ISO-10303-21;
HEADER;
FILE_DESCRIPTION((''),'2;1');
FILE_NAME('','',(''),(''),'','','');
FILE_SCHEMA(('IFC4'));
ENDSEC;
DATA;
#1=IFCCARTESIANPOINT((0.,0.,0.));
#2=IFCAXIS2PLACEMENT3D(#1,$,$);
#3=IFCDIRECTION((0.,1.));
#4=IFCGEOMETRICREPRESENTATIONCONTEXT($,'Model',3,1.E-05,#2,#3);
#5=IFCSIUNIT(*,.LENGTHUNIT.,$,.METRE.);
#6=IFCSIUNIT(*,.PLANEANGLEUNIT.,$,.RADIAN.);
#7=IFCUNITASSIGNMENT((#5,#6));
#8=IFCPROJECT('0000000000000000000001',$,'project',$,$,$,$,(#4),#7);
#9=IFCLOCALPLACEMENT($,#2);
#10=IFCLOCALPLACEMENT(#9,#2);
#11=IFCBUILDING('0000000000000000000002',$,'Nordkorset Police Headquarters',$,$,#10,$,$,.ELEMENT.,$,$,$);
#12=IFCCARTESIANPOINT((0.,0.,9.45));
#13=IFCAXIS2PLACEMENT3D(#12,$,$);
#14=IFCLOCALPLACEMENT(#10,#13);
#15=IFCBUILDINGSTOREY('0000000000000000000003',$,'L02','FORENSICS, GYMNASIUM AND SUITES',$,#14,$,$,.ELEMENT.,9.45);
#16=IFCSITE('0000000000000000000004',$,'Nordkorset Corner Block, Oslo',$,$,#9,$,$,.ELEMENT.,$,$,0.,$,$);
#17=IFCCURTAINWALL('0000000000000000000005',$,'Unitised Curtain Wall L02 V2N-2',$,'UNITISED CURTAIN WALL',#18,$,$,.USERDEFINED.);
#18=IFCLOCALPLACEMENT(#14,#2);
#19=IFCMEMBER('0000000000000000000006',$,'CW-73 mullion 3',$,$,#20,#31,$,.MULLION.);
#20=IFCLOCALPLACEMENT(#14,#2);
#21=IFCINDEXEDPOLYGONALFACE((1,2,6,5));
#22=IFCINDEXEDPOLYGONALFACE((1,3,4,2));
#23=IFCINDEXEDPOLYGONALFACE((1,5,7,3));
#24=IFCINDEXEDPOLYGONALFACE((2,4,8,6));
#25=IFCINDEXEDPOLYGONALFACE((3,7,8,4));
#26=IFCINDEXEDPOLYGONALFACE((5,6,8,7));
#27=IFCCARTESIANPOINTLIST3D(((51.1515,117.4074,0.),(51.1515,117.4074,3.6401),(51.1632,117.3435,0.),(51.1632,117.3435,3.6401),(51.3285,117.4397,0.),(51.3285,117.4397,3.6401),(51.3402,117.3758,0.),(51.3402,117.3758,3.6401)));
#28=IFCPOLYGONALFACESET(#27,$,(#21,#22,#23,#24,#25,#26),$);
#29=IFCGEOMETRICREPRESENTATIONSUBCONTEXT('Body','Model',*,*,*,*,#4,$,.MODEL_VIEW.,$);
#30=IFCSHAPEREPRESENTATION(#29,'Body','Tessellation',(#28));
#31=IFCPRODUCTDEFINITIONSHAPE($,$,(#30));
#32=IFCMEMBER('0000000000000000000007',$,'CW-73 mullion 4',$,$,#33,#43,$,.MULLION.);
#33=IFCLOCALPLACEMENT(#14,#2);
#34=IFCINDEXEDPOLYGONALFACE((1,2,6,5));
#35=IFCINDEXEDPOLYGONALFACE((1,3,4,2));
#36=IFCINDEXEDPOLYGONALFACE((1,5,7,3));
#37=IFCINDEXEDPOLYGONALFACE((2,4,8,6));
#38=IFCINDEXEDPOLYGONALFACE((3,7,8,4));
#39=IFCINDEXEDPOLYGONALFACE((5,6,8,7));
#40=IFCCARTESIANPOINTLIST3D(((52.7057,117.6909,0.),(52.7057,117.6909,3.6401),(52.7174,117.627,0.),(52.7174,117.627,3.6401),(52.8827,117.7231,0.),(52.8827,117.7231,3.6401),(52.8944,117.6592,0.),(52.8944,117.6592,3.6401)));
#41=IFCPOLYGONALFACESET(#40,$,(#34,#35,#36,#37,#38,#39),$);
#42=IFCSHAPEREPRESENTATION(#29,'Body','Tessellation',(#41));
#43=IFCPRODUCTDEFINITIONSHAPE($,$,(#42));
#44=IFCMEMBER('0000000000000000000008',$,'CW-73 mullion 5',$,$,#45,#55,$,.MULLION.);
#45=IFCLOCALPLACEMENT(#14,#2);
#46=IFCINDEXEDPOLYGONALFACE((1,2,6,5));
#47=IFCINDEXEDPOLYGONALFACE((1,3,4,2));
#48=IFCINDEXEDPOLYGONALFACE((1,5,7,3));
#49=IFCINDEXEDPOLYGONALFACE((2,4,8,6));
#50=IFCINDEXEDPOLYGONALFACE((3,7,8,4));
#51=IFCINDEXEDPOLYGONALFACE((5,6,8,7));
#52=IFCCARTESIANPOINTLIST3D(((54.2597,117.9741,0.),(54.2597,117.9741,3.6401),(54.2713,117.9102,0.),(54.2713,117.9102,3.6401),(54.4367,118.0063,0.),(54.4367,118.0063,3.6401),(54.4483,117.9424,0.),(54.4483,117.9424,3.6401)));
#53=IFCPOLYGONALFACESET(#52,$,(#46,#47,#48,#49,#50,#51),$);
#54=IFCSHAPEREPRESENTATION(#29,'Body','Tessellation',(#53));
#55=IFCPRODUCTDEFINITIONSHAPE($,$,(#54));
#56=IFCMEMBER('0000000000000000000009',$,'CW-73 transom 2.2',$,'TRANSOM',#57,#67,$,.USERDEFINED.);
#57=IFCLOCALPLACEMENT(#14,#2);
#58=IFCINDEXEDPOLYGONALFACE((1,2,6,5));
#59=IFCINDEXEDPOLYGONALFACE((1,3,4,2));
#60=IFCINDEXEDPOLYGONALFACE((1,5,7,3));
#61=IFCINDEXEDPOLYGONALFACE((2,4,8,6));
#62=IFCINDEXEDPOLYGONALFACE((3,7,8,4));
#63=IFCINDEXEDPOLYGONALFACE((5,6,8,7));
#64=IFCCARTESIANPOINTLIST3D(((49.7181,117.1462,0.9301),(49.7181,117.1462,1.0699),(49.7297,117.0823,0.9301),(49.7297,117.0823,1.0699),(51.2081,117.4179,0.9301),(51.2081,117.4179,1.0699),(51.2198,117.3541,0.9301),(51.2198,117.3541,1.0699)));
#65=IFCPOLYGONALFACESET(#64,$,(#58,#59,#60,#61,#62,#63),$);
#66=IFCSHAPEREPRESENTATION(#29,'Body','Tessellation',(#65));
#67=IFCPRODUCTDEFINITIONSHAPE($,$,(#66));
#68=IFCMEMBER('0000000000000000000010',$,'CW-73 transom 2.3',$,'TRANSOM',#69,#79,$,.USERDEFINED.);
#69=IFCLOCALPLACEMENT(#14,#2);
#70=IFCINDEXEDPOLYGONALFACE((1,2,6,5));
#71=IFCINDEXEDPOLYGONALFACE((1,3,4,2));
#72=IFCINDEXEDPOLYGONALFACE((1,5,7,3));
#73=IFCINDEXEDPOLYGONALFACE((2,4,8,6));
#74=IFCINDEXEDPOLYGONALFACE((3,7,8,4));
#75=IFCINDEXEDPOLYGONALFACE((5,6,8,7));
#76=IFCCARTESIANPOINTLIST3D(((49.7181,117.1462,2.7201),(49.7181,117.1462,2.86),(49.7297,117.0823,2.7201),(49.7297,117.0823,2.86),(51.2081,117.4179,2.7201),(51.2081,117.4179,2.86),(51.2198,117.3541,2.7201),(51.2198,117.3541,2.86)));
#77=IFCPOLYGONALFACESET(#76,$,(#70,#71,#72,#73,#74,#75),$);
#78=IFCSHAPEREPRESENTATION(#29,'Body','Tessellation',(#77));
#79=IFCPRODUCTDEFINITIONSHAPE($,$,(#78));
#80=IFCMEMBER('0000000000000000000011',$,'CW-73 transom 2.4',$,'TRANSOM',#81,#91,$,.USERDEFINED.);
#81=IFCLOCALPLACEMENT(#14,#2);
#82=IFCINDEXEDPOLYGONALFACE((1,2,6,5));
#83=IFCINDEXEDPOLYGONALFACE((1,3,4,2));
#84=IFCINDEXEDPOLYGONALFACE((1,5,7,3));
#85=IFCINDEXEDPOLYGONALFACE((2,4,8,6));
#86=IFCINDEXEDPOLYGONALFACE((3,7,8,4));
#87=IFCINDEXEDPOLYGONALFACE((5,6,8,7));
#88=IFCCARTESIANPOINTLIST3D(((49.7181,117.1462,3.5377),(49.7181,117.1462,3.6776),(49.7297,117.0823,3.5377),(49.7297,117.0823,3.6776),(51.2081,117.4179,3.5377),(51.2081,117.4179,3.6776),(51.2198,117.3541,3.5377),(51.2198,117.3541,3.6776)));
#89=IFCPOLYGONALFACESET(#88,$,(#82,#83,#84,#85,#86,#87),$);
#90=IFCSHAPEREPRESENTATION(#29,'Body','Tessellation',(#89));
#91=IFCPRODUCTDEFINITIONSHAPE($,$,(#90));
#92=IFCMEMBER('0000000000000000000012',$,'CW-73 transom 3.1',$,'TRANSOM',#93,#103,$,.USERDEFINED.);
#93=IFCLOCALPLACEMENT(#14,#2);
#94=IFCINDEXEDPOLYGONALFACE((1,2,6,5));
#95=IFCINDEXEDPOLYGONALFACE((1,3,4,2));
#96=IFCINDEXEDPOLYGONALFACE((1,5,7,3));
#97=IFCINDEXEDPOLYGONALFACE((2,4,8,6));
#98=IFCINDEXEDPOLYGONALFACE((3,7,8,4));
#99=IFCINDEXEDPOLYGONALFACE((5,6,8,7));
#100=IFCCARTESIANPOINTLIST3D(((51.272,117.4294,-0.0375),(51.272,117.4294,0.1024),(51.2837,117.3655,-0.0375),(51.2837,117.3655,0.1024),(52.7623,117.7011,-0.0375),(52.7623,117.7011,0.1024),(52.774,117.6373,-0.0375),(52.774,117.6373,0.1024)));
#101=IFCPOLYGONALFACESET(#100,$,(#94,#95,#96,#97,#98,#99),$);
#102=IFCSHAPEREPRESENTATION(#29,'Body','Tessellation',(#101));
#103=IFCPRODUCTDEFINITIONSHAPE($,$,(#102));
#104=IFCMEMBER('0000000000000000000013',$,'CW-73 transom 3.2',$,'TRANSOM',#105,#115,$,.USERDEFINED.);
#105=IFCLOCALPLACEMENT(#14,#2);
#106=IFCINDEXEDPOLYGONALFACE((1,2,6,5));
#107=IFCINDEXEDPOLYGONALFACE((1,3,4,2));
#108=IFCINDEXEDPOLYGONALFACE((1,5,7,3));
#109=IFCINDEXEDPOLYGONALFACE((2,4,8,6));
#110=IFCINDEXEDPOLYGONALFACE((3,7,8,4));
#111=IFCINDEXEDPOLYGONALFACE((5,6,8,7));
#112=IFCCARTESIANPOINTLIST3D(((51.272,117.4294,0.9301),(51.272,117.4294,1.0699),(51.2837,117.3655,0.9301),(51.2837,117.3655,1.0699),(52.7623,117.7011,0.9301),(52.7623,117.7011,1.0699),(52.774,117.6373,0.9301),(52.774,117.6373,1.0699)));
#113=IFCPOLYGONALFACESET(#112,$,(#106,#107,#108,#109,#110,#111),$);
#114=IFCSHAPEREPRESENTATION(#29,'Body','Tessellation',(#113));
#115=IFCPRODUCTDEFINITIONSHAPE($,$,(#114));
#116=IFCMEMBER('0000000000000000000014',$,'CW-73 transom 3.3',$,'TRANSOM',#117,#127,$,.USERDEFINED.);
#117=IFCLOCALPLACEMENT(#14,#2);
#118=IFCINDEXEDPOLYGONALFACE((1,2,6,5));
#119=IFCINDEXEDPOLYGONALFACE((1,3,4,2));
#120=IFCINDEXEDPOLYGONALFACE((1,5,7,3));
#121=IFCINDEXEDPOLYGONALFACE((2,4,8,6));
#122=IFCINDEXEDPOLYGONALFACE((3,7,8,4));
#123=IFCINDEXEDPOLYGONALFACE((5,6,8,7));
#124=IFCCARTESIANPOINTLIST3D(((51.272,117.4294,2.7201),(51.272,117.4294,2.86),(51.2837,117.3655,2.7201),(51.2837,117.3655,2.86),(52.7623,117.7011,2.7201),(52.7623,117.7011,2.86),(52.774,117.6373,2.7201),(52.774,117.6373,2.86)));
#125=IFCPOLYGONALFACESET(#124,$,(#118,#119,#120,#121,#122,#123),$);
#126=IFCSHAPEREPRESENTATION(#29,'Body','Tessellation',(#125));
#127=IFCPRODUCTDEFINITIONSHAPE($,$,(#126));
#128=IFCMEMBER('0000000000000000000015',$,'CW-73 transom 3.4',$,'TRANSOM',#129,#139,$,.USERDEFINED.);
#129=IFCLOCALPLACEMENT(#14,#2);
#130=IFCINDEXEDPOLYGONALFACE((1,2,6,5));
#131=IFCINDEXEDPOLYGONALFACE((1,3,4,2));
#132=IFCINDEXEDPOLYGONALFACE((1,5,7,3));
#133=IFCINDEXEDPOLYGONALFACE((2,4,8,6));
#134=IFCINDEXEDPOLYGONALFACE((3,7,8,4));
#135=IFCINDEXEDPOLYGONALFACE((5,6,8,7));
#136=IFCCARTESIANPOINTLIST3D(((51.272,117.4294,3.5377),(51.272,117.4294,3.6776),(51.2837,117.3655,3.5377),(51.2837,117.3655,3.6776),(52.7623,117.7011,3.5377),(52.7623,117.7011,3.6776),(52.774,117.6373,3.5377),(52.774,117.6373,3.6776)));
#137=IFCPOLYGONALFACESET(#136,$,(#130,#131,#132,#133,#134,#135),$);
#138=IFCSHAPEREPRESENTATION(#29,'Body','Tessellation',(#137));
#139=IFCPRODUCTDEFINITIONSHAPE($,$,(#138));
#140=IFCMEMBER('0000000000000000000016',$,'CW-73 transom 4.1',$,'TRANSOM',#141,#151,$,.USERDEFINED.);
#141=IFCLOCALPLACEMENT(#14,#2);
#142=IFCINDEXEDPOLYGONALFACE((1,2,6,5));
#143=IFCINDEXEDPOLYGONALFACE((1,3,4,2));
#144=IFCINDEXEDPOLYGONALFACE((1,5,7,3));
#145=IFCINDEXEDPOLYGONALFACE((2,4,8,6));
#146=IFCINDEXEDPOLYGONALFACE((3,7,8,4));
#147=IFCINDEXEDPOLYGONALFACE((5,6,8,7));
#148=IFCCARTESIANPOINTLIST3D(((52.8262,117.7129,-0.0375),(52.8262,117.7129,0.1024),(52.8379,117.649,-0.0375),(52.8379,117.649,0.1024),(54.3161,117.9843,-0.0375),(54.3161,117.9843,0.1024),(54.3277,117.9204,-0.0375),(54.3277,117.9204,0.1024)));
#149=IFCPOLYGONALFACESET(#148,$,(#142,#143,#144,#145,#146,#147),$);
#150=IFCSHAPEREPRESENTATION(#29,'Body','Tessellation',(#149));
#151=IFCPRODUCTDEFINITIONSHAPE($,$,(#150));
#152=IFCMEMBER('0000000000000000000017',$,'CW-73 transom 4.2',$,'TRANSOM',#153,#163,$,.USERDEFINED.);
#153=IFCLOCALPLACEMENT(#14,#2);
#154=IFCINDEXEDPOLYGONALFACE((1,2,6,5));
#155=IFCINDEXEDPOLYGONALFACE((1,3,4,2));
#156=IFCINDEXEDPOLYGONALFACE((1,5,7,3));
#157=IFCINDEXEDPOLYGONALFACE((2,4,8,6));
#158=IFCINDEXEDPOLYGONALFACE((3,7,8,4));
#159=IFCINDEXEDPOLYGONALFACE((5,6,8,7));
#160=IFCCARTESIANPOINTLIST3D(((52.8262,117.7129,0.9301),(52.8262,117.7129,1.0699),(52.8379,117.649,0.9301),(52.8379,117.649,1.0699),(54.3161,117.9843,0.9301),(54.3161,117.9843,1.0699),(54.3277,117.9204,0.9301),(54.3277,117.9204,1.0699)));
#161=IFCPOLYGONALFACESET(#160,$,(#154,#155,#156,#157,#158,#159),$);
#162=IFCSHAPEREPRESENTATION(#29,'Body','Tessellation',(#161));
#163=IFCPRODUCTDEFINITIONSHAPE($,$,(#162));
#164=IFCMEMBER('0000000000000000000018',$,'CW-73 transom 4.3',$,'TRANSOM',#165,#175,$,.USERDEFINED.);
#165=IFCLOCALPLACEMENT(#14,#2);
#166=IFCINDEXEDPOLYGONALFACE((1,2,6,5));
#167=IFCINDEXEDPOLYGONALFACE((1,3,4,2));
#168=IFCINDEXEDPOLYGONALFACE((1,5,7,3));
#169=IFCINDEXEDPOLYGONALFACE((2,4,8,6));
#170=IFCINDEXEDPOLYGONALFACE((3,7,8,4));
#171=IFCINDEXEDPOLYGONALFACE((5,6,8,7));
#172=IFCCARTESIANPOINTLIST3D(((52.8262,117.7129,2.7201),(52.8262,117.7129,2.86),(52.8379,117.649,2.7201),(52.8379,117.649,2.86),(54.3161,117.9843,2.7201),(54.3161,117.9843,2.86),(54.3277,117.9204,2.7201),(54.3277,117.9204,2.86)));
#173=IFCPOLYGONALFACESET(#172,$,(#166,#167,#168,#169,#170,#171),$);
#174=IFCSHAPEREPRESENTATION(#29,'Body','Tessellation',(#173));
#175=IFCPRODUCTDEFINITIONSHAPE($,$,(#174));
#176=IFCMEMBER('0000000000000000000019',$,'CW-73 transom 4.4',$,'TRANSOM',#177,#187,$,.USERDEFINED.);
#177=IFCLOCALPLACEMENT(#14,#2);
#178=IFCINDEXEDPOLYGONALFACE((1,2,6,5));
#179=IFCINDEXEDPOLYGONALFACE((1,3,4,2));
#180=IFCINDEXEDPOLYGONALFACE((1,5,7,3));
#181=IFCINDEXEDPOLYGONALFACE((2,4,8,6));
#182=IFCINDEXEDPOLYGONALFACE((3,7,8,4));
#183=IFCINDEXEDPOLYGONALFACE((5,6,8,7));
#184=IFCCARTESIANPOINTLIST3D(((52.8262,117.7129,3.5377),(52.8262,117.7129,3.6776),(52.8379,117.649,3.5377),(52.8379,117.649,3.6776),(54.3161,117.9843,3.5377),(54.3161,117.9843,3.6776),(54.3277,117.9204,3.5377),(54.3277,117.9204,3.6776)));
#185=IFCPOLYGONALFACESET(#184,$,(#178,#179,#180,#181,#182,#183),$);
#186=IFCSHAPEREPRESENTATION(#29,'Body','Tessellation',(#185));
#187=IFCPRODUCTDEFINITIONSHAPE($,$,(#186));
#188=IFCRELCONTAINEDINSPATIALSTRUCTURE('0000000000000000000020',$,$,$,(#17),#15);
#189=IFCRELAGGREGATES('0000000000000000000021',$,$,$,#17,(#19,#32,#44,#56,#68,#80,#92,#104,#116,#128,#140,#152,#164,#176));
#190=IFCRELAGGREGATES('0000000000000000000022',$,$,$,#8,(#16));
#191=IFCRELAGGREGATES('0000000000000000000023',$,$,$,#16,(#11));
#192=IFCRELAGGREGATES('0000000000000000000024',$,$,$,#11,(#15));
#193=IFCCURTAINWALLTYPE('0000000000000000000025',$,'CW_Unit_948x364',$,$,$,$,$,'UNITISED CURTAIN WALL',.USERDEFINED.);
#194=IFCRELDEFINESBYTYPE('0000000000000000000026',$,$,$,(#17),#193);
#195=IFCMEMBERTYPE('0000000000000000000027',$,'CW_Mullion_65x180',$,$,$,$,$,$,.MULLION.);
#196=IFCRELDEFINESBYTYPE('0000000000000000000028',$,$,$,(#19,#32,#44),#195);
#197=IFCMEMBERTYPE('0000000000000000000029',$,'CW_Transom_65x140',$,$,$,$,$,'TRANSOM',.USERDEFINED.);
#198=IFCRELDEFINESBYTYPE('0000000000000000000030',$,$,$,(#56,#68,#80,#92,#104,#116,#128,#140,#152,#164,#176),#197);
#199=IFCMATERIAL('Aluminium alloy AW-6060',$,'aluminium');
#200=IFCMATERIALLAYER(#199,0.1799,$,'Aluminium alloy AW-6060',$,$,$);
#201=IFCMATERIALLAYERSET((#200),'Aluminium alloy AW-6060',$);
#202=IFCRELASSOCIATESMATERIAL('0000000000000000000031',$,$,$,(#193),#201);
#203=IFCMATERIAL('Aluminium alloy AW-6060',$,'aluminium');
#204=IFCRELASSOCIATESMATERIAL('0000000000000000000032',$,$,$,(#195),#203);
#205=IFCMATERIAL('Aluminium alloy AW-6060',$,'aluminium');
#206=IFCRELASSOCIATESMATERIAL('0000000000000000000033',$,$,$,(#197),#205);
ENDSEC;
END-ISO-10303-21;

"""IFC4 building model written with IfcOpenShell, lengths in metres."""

from ifc_helpers import new_model, si_unit, direction, frame, origin, origin_2d, place, context, subcontext, project, spatial, rectangle, extrude, material, layer, layer_set, material_profile, profile_set, type_object, element, aggregate, save


model = new_model("IFC4")

# Units and contexts
model_context = context("Model", 3, precision=1e-05, world=origin(), true_north=direction((0.0, 1.0)))
body_context = subcontext(model_context, "Body", "Model", "MODEL_VIEW")
ifc_project = project(units=[si_unit("LENGTHUNIT", "METRE"), si_unit("PLANEANGLEUNIT", "RADIAN")], contexts=[model_context])

# Site, building, storey
site_placement = place(None, origin())
site = spatial("IfcSite", under=ifc_project, at=site_placement, Name="Nordkorset Corner Block, Oslo", CompositionType="ELEMENT", RefElevation=0.0)
building_placement = place(site_placement, origin())
building = spatial("IfcBuilding", under=site, at=building_placement, Name="Nordkorset Police Headquarters", CompositionType="ELEMENT")
storey_placement = place(building_placement, frame((0.0, 0.0, 9.45)))
storey = spatial("IfcBuildingStorey", under=building, at=storey_placement, Name="L02", Description="FORENSICS, GYMNASIUM AND SUITES", CompositionType="ELEMENT", Elevation=9.45)

# Curtain wall, members
ifc_material_1 = material(Name="Aluminium alloy AW-6060", Category="aluminium")
ifc_layer_1 = layer(ifc_material_1, 0.1799, Name="Aluminium alloy AW-6060")
ifc_layer_set_1 = layer_set([ifc_layer_1], Name="Aluminium alloy AW-6060")
curtain_wall_type = type_object("IfcCurtainWallType", Name="CW_Unit_948x364", ElementType="UNITISED CURTAIN WALL", PredefinedType="USERDEFINED", material=ifc_layer_set_1)
curtain_wall_placement = place(storey_placement, origin())
curtain_wall = element("IfcCurtainWall", 1, at=curtain_wall_placement, inside=storey, type_object=curtain_wall_type, Name="Unitised Curtain Wall L02 V2N-2", ObjectType="UNITISED CURTAIN WALL", PredefinedType="USERDEFINED")
ifc_material_2 = material(Name="Aluminium alloy AW-6060", Category="aluminium")
ifc_material_profile_1 = material_profile(ifc_material_2, rectangle(XDim=0.0649, YDim=0.1799, at=origin_2d()), Name="ALU MULL 65x180")
ifc_profile_set_1 = profile_set([ifc_material_profile_1], Name="Aluminium alloy AW-6060")
member_type_1 = type_object("IfcMemberType", Name="CW_Mullion_65x180", PredefinedType="MULLION", material=ifc_profile_set_1)
member_1_placement = place(storey_placement, frame((51.2458, 117.3916, 0.0), z_axis=(0.0, 0.0, 1.0), x_axis=(-0.179336, 0.983788, 0.0)))
member_1 = element("IfcMember", 2, at=member_1_placement, type_object=member_type_1, Name="CW-73 mullion 3", PredefinedType="MULLION", context=body_context, shape_type="SweptSolid", body=[
    extrude(rectangle(XDim=0.0649, YDim=0.1799, at=origin_2d()), origin(), (0.0, 0.0, 1.0), 3.6401),
])
member_2_placement = place(storey_placement, frame((52.8, 117.675, 0.0), z_axis=(0.0, 0.0, 1.0), x_axis=(-0.179336, 0.983788, 0.0)))
member_2 = element("IfcMember", 3, at=member_2_placement, type_object=member_type_1, Name="CW-73 mullion 4", PredefinedType="MULLION", context=body_context, shape_type="SweptSolid", body=[
    extrude(rectangle(XDim=0.0649, YDim=0.1799, at=origin_2d()), origin(), (0.0, 0.0, 1.0), 3.6401),
])
member_3_placement = place(storey_placement, frame((54.354, 117.9583, 0.0), z_axis=(0.0, 0.0, 1.0), x_axis=(-0.179336, 0.983788, 0.0)))
member_3 = element("IfcMember", 4, at=member_3_placement, type_object=member_type_1, Name="CW-73 mullion 5", PredefinedType="MULLION", context=body_context, shape_type="SweptSolid", body=[
    extrude(rectangle(XDim=0.0649, YDim=0.1799, at=origin_2d()), origin(), (0.0, 0.0, 1.0), 3.6401),
])
ifc_material_3 = material(Name="Aluminium alloy AW-6060", Category="aluminium")
ifc_material_profile_2 = material_profile(ifc_material_3, rectangle(XDim=0.0649, YDim=0.1399, at=origin_2d()), Name="ALU TRAN 65x140")
ifc_profile_set_2 = profile_set([ifc_material_profile_2], Name="Aluminium alloy AW-6060")
member_type_2 = type_object("IfcMemberType", Name="CW_Transom_65x140", ElementType="TRANSOM", PredefinedType="USERDEFINED", material=ifc_profile_set_2)
member_4_placement = place(storey_placement, frame((49.7239, 117.1143, 1.0), z_axis=(0.983774, 0.17941, 0.0), x_axis=(-0.17941, 0.983774, 0.0)))
member_4 = element("IfcMember", 5, at=member_4_placement, type_object=member_type_2, Name="CW-73 transom 2.2", ObjectType="TRANSOM", PredefinedType="USERDEFINED", context=body_context, shape_type="SweptSolid", body=[
    extrude(rectangle(XDim=0.0649, YDim=0.1399, at=origin_2d()), origin(), (0.0, 0.0, 1.0), 1.5146),
])
member_5_placement = place(storey_placement, frame((49.7239, 117.1143, 2.79), z_axis=(0.983774, 0.17941, 0.0), x_axis=(-0.17941, 0.983774, 0.0)))
member_5 = element("IfcMember", 6, at=member_5_placement, type_object=member_type_2, Name="CW-73 transom 2.3", ObjectType="TRANSOM", PredefinedType="USERDEFINED", context=body_context, shape_type="SweptSolid", body=[
    extrude(rectangle(XDim=0.0649, YDim=0.1399, at=origin_2d()), origin(), (0.0, 0.0, 1.0), 1.5146),
])
member_6_placement = place(storey_placement, frame((49.7239, 117.1143, 3.6077), z_axis=(0.983774, 0.17941, 0.0), x_axis=(-0.17941, 0.983774, 0.0)))
member_6 = element("IfcMember", 7, at=member_6_placement, type_object=member_type_2, Name="CW-73 transom 2.4", ObjectType="TRANSOM", PredefinedType="USERDEFINED", context=body_context, shape_type="SweptSolid", body=[
    extrude(rectangle(XDim=0.0649, YDim=0.1399, at=origin_2d()), origin(), (0.0, 0.0, 1.0), 1.5146),
])
member_7_placement = place(storey_placement, frame((51.2778, 117.3975, 0.0325), z_axis=(0.98378, 0.179382, 0.0), x_axis=(-0.179382, 0.98378, 0.0)))
member_7 = element("IfcMember", 8, at=member_7_placement, type_object=member_type_2, Name="CW-73 transom 3.1", ObjectType="TRANSOM", PredefinedType="USERDEFINED", context=body_context, shape_type="SweptSolid", body=[
    extrude(rectangle(XDim=0.0649, YDim=0.1399, at=origin_2d()), origin(), (0.0, 0.0, 1.0), 1.5149),
])
member_8_placement = place(storey_placement, frame((51.2778, 117.3975, 1.0), z_axis=(0.98378, 0.179382, 0.0), x_axis=(-0.179382, 0.98378, 0.0)))
member_8 = element("IfcMember", 9, at=member_8_placement, type_object=member_type_2, Name="CW-73 transom 3.2", ObjectType="TRANSOM", PredefinedType="USERDEFINED", context=body_context, shape_type="SweptSolid", body=[
    extrude(rectangle(XDim=0.0649, YDim=0.1399, at=origin_2d()), origin(), (0.0, 0.0, 1.0), 1.5149),
])
member_9_placement = place(storey_placement, frame((51.2778, 117.3975, 2.79), z_axis=(0.98378, 0.179382, 0.0), x_axis=(-0.179382, 0.98378, 0.0)))
member_9 = element("IfcMember", 10, at=member_9_placement, type_object=member_type_2, Name="CW-73 transom 3.3", ObjectType="TRANSOM", PredefinedType="USERDEFINED", context=body_context, shape_type="SweptSolid", body=[
    extrude(rectangle(XDim=0.0649, YDim=0.1399, at=origin_2d()), origin(), (0.0, 0.0, 1.0), 1.5149),
])
member_10_placement = place(storey_placement, frame((51.2778, 117.3975, 3.6077), z_axis=(0.98378, 0.179382, 0.0), x_axis=(-0.179382, 0.98378, 0.0)))
member_10 = element("IfcMember", 11, at=member_10_placement, type_object=member_type_2, Name="CW-73 transom 3.4", ObjectType="TRANSOM", PredefinedType="USERDEFINED", context=body_context, shape_type="SweptSolid", body=[
    extrude(rectangle(XDim=0.0649, YDim=0.1399, at=origin_2d()), origin(), (0.0, 0.0, 1.0), 1.5149),
])
member_11_placement = place(storey_placement, frame((52.832, 117.6809, 0.0325), z_axis=(0.983803, 0.179254, 0.0), x_axis=(-0.179254, 0.983803, 0.0)))
member_11 = element("IfcMember", 12, at=member_11_placement, type_object=member_type_2, Name="CW-73 transom 4.1", ObjectType="TRANSOM", PredefinedType="USERDEFINED", context=body_context, shape_type="SweptSolid", body=[
    extrude(rectangle(XDim=0.0649, YDim=0.1399, at=origin_2d()), origin(), (0.0, 0.0, 1.0), 1.5144),
])
member_12_placement = place(storey_placement, frame((52.832, 117.6809, 1.0), z_axis=(0.983803, 0.179254, 0.0), x_axis=(-0.179254, 0.983803, 0.0)))
member_12 = element("IfcMember", 13, at=member_12_placement, type_object=member_type_2, Name="CW-73 transom 4.2", ObjectType="TRANSOM", PredefinedType="USERDEFINED", context=body_context, shape_type="SweptSolid", body=[
    extrude(rectangle(XDim=0.0649, YDim=0.1399, at=origin_2d()), origin(), (0.0, 0.0, 1.0), 1.5144),
])
member_13_placement = place(storey_placement, frame((52.832, 117.6809, 2.79), z_axis=(0.983803, 0.179254, 0.0), x_axis=(-0.179254, 0.983803, 0.0)))
member_13 = element("IfcMember", 14, at=member_13_placement, type_object=member_type_2, Name="CW-73 transom 4.3", ObjectType="TRANSOM", PredefinedType="USERDEFINED", context=body_context, shape_type="SweptSolid", body=[
    extrude(rectangle(XDim=0.0649, YDim=0.1399, at=origin_2d()), origin(), (0.0, 0.0, 1.0), 1.5144),
])
member_14_placement = place(storey_placement, frame((52.832, 117.6809, 3.6077), z_axis=(0.983803, 0.179254, 0.0), x_axis=(-0.179254, 0.983803, 0.0)))
member_14 = element("IfcMember", 15, at=member_14_placement, type_object=member_type_2, Name="CW-73 transom 4.4", ObjectType="TRANSOM", PredefinedType="USERDEFINED", context=body_context, shape_type="SweptSolid", body=[
    extrude(rectangle(XDim=0.0649, YDim=0.1399, at=origin_2d()), origin(), (0.0, 0.0, 1.0), 1.5144),
])
aggregate(curtain_wall, [member_1, member_2, member_3, member_4, member_5, member_6, member_7, member_8, member_9, member_10, member_11, member_12, member_13, member_14])

save(model, "model.ifc")
